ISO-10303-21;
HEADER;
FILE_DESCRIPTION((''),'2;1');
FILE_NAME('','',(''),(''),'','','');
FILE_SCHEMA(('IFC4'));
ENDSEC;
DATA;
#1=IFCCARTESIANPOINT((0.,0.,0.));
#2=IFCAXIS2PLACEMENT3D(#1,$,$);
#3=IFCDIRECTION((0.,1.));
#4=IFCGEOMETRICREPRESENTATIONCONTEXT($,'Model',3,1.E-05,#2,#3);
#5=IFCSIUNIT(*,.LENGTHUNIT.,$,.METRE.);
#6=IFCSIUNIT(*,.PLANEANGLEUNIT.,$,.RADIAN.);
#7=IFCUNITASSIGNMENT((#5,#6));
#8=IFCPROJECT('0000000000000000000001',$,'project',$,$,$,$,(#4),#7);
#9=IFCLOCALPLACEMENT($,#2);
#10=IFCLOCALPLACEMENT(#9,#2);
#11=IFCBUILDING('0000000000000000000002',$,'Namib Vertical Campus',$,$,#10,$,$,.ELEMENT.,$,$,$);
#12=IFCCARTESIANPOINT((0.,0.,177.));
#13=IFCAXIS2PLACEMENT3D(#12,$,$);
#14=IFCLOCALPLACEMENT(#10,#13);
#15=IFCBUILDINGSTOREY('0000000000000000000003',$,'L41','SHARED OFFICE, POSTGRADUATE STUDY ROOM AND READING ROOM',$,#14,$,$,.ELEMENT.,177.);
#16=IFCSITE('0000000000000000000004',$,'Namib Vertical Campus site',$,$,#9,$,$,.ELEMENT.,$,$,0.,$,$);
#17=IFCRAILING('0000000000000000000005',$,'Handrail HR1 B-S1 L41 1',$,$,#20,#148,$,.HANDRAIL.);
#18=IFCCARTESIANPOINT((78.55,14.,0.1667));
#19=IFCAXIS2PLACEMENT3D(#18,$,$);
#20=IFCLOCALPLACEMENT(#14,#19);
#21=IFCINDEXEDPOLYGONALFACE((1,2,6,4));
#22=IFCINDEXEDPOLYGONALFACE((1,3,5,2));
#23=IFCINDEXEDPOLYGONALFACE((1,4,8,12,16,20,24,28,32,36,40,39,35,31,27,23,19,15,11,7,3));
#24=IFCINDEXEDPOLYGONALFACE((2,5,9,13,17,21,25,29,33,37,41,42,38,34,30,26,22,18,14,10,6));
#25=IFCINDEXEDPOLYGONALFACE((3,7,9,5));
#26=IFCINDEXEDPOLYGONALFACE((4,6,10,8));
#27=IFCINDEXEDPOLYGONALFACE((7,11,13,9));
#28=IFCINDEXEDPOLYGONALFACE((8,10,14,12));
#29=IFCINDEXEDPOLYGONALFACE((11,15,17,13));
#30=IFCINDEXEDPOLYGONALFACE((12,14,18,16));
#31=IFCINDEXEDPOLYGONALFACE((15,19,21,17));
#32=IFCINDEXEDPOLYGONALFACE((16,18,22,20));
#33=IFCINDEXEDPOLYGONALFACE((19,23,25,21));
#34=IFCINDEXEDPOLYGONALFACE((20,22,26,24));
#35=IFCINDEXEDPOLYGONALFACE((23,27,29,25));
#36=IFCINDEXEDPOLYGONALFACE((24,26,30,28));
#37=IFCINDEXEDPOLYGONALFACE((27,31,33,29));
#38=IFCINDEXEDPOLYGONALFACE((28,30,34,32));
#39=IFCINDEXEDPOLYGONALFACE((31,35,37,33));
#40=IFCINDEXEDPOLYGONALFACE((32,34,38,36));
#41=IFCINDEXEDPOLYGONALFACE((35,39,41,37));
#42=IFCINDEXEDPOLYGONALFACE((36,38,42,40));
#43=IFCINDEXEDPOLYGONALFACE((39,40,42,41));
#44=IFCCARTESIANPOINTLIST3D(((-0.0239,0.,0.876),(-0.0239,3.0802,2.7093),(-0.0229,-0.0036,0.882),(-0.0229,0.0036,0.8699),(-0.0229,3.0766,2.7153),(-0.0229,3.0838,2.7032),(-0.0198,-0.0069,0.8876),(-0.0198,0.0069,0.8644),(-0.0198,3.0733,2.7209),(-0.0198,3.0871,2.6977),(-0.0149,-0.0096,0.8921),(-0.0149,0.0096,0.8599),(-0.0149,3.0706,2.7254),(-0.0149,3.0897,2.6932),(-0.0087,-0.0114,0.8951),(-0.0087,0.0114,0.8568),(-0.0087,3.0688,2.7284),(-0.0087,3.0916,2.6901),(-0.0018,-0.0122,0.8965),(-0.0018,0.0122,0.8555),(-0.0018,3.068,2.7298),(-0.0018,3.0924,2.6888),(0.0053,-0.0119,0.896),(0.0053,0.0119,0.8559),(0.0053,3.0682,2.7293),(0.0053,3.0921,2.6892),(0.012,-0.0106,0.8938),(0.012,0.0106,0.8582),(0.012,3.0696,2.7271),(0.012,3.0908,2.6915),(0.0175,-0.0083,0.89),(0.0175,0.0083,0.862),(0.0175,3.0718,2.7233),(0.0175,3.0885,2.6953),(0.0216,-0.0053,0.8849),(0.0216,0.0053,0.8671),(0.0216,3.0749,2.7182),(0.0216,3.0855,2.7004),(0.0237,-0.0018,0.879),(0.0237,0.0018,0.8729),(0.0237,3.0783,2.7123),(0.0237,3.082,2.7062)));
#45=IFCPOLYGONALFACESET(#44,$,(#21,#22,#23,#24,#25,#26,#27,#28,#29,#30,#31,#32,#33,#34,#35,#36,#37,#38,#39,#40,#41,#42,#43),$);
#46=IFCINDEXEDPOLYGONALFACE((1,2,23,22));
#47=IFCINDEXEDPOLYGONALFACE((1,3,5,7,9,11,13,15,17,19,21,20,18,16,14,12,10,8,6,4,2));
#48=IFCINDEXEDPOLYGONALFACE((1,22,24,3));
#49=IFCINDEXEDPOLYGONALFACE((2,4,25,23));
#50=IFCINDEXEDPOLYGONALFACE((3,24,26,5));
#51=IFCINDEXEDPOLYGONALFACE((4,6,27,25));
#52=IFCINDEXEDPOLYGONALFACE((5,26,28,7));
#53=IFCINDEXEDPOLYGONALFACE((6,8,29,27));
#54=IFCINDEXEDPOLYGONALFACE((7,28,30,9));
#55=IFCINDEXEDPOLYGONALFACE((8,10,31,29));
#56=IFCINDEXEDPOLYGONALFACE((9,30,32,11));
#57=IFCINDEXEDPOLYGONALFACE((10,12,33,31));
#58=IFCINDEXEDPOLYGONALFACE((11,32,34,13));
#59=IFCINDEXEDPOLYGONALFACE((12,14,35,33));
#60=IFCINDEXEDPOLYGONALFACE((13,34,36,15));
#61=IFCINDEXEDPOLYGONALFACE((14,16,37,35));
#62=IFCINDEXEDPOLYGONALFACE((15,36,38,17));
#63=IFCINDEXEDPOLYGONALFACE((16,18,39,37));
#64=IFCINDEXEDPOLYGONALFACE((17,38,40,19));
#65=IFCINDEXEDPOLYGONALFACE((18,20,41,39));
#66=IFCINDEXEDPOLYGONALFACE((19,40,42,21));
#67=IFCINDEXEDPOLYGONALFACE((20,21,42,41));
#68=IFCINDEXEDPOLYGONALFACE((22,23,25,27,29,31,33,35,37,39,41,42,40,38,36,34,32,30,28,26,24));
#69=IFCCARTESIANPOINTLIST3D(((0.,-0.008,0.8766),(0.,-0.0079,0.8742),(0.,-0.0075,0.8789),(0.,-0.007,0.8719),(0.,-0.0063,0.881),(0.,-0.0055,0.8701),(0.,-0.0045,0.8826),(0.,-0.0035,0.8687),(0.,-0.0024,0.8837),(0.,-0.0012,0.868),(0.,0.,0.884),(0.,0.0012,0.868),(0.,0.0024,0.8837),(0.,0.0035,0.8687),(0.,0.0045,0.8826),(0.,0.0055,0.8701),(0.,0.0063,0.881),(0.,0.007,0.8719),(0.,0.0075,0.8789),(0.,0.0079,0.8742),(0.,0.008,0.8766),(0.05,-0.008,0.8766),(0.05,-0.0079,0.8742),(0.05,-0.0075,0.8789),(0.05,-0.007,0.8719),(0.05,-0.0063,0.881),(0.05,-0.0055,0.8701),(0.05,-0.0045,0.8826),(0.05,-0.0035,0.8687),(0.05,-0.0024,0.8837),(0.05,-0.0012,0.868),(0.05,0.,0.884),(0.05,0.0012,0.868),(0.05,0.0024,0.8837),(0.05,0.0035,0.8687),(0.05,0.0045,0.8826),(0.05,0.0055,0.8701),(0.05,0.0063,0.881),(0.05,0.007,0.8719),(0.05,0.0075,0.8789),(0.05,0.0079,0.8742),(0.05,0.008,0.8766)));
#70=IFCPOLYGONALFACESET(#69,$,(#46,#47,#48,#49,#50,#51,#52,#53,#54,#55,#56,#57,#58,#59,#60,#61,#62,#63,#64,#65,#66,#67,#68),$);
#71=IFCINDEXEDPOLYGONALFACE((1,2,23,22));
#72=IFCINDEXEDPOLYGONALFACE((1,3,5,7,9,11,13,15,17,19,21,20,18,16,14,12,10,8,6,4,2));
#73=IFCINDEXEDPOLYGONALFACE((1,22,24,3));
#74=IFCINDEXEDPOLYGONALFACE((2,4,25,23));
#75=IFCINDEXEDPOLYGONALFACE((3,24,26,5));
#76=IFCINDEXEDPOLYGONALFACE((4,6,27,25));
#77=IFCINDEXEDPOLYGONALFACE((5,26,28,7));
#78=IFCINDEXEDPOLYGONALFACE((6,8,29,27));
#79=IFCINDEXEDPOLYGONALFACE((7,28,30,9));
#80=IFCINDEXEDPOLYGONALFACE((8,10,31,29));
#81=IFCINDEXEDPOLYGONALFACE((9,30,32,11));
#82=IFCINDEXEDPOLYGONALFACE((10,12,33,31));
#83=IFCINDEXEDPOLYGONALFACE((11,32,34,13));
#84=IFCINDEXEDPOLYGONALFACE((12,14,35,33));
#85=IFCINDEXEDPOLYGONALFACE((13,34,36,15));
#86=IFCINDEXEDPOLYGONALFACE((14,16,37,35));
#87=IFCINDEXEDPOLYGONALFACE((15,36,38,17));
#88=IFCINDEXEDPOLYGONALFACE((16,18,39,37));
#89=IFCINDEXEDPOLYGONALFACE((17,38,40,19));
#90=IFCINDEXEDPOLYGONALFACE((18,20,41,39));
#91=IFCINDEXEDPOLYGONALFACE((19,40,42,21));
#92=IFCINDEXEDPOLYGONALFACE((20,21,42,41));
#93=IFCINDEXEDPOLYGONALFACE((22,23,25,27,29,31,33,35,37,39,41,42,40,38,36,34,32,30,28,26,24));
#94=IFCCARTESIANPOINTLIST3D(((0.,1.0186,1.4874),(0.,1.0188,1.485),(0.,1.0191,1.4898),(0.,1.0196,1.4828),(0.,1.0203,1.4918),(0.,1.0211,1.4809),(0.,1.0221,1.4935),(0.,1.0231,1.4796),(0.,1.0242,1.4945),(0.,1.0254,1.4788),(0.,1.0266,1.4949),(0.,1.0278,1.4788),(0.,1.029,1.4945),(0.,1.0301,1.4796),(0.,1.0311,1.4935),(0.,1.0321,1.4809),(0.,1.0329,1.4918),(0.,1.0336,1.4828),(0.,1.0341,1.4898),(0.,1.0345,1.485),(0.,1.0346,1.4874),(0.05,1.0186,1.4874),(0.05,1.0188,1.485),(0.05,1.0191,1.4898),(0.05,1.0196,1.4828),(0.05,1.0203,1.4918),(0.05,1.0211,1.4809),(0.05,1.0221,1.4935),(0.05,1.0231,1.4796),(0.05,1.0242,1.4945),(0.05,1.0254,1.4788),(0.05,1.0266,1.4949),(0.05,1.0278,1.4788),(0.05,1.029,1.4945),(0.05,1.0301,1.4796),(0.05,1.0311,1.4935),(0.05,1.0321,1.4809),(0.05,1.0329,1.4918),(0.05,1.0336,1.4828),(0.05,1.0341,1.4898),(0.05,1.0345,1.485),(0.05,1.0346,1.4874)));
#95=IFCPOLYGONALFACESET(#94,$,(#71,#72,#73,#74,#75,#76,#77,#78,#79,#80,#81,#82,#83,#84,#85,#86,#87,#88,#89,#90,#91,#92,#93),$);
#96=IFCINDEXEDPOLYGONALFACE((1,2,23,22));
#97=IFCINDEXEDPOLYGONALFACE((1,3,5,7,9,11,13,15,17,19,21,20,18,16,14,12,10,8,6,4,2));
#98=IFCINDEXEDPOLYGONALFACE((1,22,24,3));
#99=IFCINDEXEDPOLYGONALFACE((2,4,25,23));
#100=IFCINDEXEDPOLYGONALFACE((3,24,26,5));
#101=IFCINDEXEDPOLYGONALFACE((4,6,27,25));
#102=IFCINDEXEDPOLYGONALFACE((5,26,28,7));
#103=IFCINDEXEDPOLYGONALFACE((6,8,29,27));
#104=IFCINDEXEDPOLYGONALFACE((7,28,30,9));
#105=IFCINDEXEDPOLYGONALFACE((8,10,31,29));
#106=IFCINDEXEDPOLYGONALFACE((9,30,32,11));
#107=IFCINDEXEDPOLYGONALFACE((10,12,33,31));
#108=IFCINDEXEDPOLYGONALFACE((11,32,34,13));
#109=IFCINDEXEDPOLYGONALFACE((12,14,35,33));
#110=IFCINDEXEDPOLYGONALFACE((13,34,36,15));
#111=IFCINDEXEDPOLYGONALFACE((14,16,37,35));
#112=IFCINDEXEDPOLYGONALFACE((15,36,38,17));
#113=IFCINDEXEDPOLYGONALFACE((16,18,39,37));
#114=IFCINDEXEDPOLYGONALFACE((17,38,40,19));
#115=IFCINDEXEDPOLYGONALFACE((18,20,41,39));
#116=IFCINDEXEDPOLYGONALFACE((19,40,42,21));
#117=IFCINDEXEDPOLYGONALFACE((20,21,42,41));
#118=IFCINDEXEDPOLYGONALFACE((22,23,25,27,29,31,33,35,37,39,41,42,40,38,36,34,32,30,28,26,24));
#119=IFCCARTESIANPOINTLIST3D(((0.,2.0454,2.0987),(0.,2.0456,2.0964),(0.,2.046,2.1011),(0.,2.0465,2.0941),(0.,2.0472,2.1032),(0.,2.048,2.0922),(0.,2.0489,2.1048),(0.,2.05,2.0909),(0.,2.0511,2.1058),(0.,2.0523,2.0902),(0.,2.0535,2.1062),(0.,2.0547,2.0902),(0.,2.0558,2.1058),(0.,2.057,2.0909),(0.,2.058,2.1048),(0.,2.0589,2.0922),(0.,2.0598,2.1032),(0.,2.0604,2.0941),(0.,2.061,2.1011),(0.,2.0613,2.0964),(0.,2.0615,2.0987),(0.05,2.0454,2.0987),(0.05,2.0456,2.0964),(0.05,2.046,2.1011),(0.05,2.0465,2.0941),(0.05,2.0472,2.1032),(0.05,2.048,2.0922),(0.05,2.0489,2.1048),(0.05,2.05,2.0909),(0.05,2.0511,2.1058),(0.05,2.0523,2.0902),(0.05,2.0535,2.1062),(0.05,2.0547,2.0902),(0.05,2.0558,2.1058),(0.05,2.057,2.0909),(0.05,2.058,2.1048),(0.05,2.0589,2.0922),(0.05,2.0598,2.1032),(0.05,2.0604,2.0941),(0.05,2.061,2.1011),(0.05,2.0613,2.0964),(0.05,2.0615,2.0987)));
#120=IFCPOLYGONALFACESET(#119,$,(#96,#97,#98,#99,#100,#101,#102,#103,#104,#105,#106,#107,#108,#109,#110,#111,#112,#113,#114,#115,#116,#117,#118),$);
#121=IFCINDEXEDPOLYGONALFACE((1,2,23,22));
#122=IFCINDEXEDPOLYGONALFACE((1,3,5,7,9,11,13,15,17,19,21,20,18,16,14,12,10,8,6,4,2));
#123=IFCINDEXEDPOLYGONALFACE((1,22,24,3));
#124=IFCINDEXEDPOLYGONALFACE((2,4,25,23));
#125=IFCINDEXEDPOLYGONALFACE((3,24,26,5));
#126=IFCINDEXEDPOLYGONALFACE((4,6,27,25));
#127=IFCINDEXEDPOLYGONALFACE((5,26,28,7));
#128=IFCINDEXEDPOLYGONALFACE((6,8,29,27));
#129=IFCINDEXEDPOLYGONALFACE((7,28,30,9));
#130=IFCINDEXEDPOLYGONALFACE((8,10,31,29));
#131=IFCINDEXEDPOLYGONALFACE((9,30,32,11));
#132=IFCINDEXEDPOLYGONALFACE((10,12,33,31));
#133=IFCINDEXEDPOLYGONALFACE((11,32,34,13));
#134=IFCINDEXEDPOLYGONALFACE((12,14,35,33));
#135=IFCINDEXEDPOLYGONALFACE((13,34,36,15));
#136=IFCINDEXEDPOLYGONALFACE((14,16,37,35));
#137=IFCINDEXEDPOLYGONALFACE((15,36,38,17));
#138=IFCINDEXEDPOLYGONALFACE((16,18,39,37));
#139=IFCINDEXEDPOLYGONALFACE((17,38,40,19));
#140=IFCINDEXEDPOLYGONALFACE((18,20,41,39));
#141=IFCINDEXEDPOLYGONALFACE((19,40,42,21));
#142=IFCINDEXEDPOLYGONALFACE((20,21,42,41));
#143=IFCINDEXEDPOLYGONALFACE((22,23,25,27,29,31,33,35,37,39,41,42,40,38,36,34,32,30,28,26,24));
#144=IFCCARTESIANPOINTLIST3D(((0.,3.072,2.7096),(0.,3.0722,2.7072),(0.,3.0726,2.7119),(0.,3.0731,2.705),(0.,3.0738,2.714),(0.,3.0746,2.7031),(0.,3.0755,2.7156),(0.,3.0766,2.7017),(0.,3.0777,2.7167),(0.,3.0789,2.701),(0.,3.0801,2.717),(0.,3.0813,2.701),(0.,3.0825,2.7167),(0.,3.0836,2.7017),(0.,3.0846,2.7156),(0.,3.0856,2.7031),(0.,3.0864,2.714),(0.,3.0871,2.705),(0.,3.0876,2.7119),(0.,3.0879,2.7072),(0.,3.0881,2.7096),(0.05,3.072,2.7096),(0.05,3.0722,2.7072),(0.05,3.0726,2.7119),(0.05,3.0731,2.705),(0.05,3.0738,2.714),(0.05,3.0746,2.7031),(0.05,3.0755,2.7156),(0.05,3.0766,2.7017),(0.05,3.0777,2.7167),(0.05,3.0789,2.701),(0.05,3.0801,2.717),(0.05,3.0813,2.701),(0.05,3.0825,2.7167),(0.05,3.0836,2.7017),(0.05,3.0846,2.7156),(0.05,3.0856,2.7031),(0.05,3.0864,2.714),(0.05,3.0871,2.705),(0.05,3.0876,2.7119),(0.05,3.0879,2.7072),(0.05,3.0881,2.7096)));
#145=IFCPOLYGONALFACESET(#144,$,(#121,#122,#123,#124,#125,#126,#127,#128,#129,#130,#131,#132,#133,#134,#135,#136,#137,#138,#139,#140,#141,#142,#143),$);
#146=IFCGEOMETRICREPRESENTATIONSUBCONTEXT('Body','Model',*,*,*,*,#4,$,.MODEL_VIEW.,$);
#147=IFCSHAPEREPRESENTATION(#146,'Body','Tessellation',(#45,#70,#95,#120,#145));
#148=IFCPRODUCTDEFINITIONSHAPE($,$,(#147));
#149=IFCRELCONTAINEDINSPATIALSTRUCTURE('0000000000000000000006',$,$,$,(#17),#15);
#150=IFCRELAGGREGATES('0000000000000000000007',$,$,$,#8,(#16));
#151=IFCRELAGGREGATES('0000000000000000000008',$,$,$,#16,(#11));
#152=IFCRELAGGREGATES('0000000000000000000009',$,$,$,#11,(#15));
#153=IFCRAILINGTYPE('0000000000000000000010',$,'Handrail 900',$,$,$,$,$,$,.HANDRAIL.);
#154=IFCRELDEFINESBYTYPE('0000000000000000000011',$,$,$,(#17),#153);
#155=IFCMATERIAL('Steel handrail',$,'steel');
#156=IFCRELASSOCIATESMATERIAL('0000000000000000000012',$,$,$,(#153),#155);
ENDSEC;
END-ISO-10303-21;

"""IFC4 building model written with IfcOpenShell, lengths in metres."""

from ifc_helpers import new_model, si_unit, direction, frame, origin, origin_2d, place, context, subcontext, project, spatial, circle, extrude, material, type_object, element, save


model = new_model("IFC4")

# Units and contexts
model_context = context("Model", 3, precision=1e-05, world=origin(), true_north=direction((0.0, 1.0)))
body_context = subcontext(model_context, "Body", "Model", "MODEL_VIEW")
ifc_project = project(units=[si_unit("LENGTHUNIT", "METRE"), si_unit("PLANEANGLEUNIT", "RADIAN")], contexts=[model_context])

# Site, building, storey
site_placement = place(None, origin())
site = spatial("IfcSite", under=ifc_project, at=site_placement, Name="Namib Vertical Campus site", CompositionType="ELEMENT", RefElevation=0.0)
building_placement = place(site_placement, origin())
building = spatial("IfcBuilding", under=site, at=building_placement, Name="Namib Vertical Campus", CompositionType="ELEMENT")
storey_placement = place(building_placement, frame((0.0, 0.0, 177.0)))
storey = spatial("IfcBuildingStorey", under=building, at=storey_placement, Name="L41", Description="SHARED OFFICE, POSTGRADUATE STUDY ROOM AND READING ROOM", CompositionType="ELEMENT", Elevation=177.0)

# Railing
ifc_material_1 = material(Name="Steel handrail", Category="steel")
railing_type_1 = type_object("IfcRailingType", Name="Handrail 900", PredefinedType="HANDRAIL", material=ifc_material_1)
railing_1_placement = place(storey_placement, frame((78.55, 14.0, 0.1667)))
element("IfcRailing", 1, at=railing_1_placement, inside=storey, type_object=railing_type_1, Name="Handrail HR1 B-S1 L41 1", PredefinedType="HANDRAIL", context=body_context, shape_type="SweptSolid", body=[
    extrude(circle(Radius=0.0239, at=origin_2d()), frame((0.0, 0.0, 0.876), z_axis=(0.0, 0.859309, 0.511458), x_axis=(-1.0, 0.0, 0.0)), (0.0, 0.0, 1.0), 3.5845),
    extrude(circle(Radius=0.0081, at=origin_2d()), frame((0.0, 0.0, 0.876), z_axis=(1.0, 0.0, 0.0), x_axis=(0.0, 0.0, 1.0)), (0.0, 0.0, 1.0), 0.05),
    extrude(circle(Radius=0.0081, at=origin_2d()), frame((0.0, 1.0266, 1.4868), z_axis=(1.0, 0.0, 0.0), x_axis=(0.0, 0.0, 1.0)), (0.0, 0.0, 1.0), 0.05),
    extrude(circle(Radius=0.0081, at=origin_2d()), frame((0.0, 2.0535, 2.0981), z_axis=(1.0, 0.0, 0.0), x_axis=(0.0, 0.0, 1.0)), (0.0, 0.0, 1.0), 0.05),
    extrude(circle(Radius=0.0081, at=origin_2d()), frame((0.0, 3.0801, 2.709), z_axis=(1.0, 0.0, 0.0), x_axis=(0.0, 0.0, 1.0)), (0.0, 0.0, 1.0), 0.05),
])

save(model, "model.ifc")
